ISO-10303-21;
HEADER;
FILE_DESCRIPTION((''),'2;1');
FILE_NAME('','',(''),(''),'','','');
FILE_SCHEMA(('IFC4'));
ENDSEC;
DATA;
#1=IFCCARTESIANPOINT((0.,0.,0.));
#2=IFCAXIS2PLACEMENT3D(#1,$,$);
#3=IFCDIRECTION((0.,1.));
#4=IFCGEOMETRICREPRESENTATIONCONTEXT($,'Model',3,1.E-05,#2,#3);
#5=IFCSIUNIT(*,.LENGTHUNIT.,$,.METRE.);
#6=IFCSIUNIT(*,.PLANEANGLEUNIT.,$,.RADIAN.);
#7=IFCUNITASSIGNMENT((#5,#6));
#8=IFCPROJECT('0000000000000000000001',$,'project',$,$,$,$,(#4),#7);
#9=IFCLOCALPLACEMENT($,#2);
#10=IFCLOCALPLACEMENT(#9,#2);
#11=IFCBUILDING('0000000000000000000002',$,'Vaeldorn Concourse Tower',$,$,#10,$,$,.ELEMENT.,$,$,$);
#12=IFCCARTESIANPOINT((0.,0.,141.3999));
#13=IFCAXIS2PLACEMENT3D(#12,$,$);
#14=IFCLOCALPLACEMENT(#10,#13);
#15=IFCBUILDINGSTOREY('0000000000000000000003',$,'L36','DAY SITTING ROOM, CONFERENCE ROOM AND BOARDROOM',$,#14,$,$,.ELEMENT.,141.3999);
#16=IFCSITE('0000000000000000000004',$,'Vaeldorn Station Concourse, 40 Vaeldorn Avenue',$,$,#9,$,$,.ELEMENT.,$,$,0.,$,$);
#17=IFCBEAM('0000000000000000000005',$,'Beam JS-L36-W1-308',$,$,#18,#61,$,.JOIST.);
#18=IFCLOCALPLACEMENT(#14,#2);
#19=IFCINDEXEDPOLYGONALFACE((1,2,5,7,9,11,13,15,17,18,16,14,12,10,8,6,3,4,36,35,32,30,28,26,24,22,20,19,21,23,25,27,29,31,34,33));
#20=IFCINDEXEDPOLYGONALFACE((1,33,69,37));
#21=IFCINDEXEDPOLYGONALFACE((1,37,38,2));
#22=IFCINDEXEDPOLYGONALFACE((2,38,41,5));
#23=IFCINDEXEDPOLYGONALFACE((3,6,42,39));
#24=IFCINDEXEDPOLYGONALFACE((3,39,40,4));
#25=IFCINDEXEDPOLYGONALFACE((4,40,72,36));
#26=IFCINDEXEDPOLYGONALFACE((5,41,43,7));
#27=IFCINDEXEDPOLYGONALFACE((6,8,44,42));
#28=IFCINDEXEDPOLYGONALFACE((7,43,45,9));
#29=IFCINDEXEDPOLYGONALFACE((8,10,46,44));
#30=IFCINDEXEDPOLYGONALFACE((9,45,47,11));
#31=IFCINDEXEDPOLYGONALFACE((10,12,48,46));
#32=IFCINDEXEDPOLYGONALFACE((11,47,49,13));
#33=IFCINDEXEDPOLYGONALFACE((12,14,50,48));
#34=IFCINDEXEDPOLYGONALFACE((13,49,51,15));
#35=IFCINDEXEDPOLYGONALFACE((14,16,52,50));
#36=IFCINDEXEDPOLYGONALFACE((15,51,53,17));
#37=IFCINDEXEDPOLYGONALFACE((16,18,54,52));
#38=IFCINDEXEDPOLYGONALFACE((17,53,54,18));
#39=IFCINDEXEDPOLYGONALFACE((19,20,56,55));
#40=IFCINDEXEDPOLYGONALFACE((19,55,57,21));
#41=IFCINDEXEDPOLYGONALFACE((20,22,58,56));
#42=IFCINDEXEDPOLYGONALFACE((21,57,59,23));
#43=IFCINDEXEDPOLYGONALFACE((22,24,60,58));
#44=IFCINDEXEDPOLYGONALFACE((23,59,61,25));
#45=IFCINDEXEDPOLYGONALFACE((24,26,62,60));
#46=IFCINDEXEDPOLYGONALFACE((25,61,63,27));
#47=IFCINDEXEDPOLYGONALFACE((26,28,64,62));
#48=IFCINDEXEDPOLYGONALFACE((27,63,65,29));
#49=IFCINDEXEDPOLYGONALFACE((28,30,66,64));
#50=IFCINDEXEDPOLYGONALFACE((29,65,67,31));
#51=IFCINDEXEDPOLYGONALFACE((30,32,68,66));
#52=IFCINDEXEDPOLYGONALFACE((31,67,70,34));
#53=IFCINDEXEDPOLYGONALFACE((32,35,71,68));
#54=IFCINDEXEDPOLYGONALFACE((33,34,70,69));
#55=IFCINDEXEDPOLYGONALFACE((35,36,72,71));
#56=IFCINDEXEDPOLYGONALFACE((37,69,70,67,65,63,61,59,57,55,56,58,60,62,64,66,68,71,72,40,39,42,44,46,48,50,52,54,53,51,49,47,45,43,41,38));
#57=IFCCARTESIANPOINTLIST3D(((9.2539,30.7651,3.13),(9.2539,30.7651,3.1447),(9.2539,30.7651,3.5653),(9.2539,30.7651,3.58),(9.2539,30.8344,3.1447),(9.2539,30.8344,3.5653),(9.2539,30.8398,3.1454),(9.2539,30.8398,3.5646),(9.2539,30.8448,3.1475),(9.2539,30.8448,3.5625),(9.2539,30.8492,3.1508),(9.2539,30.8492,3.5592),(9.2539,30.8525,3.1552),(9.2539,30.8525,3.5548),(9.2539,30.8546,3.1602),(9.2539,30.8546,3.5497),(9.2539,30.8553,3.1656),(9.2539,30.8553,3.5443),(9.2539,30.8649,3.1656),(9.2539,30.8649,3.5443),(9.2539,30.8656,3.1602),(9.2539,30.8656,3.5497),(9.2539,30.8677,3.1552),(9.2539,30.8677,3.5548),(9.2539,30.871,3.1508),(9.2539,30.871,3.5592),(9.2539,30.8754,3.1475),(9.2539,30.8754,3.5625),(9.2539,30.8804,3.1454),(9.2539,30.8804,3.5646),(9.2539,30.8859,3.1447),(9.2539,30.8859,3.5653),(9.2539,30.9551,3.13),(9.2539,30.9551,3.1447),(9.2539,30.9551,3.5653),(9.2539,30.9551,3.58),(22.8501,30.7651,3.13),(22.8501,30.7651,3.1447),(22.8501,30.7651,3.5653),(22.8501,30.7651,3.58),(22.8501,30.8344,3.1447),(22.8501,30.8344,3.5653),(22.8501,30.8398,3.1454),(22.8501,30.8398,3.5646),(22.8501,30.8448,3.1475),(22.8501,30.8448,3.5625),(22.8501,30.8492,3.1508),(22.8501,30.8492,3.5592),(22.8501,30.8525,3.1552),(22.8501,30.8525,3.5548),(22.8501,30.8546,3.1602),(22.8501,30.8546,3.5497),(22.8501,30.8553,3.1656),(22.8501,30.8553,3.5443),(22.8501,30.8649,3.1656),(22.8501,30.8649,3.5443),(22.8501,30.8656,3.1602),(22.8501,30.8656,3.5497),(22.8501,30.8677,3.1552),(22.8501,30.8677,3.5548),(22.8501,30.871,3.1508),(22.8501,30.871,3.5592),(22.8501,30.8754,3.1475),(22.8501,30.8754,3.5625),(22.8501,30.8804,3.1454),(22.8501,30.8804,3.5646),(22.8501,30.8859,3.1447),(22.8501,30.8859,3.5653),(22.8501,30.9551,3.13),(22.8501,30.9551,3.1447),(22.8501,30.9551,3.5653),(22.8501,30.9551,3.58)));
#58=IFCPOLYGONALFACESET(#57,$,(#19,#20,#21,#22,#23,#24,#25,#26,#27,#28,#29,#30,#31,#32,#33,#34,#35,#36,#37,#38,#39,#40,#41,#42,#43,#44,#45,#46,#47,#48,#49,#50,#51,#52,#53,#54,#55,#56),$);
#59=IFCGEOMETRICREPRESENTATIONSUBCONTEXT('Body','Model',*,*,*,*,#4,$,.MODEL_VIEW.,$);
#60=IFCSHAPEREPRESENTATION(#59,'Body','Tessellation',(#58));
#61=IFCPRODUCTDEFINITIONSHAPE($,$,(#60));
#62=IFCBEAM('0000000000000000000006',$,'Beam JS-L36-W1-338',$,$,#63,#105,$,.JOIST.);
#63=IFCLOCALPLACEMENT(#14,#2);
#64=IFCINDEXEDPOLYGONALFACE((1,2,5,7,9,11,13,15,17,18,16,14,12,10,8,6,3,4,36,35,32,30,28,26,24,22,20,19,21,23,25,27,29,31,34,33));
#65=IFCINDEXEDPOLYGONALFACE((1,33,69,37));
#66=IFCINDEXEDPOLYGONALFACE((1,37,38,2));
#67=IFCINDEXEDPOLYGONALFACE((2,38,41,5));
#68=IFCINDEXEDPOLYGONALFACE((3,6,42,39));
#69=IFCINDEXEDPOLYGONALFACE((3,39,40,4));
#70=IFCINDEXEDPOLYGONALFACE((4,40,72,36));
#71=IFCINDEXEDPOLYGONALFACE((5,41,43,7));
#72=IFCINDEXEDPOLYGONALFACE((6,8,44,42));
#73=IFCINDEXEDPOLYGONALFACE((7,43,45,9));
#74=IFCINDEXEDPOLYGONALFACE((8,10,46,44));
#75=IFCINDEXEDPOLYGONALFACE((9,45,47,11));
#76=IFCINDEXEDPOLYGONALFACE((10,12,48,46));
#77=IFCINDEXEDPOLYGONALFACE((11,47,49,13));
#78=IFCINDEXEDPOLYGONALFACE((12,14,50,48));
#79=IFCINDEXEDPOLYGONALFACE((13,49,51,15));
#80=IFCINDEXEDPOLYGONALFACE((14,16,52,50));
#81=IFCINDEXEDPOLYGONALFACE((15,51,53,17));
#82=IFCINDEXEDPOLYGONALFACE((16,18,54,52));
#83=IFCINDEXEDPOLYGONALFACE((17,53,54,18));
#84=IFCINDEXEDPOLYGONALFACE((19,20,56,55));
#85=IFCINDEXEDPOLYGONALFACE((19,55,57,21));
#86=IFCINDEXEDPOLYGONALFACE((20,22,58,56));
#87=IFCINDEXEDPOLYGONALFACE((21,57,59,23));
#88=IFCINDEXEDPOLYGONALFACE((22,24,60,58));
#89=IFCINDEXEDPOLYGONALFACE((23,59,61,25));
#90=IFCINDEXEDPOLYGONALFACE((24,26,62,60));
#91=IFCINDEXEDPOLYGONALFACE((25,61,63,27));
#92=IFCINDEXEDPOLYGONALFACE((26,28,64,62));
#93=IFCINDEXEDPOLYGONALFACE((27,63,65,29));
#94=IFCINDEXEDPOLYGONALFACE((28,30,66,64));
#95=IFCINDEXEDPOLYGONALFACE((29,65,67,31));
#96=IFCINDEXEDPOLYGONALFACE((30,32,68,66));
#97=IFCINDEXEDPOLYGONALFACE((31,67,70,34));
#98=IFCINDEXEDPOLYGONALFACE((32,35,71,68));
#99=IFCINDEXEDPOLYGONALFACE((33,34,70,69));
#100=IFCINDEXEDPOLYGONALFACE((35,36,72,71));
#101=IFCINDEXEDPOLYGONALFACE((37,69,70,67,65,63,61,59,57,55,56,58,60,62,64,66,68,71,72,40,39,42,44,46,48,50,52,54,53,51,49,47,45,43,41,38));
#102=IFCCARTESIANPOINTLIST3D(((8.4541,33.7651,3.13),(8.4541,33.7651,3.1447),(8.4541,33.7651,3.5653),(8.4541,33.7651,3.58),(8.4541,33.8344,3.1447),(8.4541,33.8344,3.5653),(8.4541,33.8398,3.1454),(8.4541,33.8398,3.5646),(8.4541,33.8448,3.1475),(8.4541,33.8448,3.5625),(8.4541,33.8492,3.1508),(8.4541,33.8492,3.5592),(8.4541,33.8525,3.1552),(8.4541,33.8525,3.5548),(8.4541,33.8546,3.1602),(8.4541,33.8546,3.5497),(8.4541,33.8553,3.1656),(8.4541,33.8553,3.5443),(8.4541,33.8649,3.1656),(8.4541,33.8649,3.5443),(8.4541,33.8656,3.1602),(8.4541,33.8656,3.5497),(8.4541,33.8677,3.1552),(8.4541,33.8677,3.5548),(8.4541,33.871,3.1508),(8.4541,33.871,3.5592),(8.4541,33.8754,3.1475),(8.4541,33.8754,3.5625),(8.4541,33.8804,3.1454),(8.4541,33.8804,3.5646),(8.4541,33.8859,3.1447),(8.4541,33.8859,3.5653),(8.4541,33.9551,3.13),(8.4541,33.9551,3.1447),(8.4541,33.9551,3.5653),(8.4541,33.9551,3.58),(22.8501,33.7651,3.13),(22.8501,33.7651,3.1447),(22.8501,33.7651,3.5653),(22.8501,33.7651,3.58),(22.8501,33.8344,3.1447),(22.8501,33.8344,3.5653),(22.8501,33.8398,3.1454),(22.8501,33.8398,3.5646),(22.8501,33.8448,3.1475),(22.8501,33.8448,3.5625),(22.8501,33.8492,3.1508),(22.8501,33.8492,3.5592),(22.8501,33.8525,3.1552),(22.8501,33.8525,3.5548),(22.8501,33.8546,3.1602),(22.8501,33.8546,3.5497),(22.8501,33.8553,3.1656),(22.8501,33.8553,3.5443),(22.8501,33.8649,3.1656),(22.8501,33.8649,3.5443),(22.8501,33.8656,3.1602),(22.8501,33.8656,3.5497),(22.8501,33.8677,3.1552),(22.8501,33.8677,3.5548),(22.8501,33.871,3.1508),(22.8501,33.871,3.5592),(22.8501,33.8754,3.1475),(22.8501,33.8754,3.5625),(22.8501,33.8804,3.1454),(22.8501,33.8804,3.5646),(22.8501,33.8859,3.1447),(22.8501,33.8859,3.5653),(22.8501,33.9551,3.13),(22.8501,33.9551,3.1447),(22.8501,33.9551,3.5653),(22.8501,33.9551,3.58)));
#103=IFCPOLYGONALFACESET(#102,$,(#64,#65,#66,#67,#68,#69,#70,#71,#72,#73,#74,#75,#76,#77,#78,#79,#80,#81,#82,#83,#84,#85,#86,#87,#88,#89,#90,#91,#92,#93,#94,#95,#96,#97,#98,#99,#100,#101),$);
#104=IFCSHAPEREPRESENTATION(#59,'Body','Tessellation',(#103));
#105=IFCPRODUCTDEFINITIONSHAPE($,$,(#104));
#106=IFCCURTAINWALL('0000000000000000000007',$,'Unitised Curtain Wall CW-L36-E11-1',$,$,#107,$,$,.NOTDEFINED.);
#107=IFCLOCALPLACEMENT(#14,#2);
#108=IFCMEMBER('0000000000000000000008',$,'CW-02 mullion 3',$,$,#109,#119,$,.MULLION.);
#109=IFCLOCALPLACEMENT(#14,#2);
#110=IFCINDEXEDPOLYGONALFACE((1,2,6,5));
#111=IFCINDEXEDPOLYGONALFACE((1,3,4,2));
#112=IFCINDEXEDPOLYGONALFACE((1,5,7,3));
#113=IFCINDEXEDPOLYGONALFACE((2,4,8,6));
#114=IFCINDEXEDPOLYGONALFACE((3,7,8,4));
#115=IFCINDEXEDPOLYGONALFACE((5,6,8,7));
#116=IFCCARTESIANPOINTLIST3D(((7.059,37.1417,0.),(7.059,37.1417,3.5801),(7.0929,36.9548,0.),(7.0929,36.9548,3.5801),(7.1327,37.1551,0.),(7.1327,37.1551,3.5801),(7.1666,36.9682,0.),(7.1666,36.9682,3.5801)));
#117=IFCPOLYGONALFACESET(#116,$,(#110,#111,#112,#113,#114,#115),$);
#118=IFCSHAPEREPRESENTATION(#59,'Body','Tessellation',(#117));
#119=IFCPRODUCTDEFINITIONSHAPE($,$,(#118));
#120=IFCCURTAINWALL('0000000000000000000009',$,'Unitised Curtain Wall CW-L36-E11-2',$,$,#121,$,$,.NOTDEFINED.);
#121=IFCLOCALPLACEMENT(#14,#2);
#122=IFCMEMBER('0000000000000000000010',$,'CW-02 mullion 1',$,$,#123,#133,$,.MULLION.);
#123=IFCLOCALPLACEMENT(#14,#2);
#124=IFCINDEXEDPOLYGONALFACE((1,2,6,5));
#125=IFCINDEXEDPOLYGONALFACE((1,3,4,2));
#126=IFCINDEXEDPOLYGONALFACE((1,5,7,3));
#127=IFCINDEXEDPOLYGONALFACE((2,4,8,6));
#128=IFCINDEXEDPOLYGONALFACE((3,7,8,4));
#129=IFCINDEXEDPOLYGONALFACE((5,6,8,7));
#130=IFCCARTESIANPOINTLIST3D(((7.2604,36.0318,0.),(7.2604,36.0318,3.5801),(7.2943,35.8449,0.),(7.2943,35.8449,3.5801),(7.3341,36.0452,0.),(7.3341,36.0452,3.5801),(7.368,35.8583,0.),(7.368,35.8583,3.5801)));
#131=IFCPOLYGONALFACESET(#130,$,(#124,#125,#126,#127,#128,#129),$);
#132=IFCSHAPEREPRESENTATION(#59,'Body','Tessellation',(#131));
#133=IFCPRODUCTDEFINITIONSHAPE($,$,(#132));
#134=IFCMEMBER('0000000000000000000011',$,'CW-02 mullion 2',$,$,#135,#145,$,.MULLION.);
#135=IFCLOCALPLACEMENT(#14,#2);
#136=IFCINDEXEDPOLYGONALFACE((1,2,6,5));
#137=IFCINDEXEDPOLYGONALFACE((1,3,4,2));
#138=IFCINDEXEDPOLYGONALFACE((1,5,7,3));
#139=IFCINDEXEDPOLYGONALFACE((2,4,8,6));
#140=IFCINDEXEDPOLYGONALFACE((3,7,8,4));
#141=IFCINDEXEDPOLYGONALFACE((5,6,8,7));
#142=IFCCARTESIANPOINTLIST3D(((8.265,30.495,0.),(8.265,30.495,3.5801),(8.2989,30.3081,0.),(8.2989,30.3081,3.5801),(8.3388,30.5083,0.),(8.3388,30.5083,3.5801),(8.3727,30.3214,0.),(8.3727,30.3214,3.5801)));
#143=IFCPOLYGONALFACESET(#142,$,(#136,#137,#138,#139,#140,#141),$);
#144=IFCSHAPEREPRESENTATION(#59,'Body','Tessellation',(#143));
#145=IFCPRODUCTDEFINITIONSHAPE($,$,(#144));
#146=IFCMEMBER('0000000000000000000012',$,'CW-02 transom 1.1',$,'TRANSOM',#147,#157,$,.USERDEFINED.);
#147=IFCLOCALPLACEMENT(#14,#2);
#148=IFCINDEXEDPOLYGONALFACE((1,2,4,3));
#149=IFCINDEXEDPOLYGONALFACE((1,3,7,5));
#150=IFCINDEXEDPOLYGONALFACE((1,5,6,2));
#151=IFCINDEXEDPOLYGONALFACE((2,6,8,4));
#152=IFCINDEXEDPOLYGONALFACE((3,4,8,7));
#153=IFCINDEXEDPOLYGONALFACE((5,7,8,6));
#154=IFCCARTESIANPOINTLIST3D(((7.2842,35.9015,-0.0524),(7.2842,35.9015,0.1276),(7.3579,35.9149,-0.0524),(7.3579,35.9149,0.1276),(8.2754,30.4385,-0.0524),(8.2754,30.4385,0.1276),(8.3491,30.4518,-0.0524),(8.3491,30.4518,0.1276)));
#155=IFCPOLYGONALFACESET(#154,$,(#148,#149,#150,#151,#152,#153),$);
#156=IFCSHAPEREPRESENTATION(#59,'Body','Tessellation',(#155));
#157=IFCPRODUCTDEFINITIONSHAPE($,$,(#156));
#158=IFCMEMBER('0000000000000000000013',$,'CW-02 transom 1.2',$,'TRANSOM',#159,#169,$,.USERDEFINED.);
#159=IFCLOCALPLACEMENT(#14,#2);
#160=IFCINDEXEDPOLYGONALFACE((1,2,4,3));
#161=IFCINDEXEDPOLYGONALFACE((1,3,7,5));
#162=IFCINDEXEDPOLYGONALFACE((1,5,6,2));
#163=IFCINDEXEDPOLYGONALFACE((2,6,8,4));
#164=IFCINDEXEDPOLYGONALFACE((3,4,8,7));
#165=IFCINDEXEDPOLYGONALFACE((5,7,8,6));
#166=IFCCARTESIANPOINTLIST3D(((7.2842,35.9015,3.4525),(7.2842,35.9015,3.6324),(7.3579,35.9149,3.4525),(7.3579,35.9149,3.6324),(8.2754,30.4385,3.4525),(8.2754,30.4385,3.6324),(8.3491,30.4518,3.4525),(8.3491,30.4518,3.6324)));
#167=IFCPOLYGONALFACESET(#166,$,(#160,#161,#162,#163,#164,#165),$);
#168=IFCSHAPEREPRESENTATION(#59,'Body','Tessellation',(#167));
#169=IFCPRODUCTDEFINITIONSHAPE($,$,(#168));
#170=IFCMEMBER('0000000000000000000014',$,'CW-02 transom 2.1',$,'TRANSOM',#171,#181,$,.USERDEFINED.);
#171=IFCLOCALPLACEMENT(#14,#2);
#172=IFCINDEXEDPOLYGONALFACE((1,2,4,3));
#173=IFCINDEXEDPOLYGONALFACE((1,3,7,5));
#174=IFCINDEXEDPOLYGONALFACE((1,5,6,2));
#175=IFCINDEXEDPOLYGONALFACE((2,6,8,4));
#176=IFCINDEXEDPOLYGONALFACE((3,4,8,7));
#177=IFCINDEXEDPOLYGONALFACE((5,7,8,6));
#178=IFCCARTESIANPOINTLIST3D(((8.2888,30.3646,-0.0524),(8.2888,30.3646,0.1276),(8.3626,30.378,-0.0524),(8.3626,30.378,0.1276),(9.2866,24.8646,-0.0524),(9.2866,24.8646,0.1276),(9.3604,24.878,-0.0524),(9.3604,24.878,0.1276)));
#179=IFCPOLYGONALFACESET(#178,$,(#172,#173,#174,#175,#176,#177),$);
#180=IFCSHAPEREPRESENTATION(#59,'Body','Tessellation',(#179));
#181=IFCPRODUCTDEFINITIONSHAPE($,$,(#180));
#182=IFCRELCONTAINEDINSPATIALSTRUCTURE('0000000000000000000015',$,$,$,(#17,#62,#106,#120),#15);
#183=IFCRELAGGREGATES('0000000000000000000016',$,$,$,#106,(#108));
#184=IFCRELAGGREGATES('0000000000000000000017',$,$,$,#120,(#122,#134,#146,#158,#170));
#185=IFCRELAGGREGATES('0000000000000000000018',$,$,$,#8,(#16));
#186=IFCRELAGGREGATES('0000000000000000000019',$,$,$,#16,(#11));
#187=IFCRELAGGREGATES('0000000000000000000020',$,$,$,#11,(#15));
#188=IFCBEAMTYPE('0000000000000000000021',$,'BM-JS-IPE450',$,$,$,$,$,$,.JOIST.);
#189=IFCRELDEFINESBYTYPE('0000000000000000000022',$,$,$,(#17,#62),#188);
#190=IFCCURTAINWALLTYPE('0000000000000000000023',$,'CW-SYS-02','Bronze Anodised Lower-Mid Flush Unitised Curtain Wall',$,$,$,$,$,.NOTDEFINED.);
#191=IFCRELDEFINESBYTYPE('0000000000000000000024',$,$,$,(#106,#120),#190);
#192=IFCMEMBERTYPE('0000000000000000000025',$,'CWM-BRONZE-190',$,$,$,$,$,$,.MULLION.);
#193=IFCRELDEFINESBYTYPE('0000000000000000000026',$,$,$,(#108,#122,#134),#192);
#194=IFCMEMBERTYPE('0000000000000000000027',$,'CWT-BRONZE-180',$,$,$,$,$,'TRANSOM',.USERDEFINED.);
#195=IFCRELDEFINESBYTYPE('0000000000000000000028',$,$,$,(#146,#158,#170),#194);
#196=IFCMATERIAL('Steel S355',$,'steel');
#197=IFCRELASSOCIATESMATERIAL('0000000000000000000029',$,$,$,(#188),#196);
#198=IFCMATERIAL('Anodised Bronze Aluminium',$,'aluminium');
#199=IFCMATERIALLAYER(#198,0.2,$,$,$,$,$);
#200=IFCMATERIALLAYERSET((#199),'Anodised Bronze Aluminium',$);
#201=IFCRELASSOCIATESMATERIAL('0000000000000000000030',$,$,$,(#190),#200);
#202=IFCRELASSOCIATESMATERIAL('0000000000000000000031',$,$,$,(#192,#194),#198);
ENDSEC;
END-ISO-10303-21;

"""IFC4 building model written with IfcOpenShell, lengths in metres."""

from ifc_helpers import new_model, si_unit, direction, frame, origin, origin_2d, place, context, subcontext, project, spatial, rectangle, i_section, extrude, source, transform, mapped, material, layer, layer_set, material_profile, profile_set, type_object, element, aggregate, save


model = new_model("IFC4")

# Units and contexts
model_context = context("Model", 3, precision=1e-05, world=origin(), true_north=direction((0.0, 1.0)))
body_context = subcontext(model_context, "Body", "Model", "MODEL_VIEW")
ifc_project = project(units=[si_unit("LENGTHUNIT", "METRE"), si_unit("PLANEANGLEUNIT", "RADIAN")], contexts=[model_context])

# Site, building, storey
site_placement = place(None, origin())
site = spatial("IfcSite", under=ifc_project, at=site_placement, Name="Vaeldorn Station Concourse, 40 Vaeldorn Avenue", CompositionType="ELEMENT", RefElevation=0.0)
building_placement = place(site_placement, origin())
building = spatial("IfcBuilding", under=site, at=building_placement, Name="Vaeldorn Concourse Tower", CompositionType="ELEMENT")
storey_placement = place(building_placement, frame((0.0, 0.0, 141.3999)))
storey = spatial("IfcBuildingStorey", under=building, at=storey_placement, Name="L36", Description="DAY SITTING ROOM, CONFERENCE ROOM AND BOARDROOM", CompositionType="ELEMENT", Elevation=141.3999)

# Beams
ifc_material_1 = material(Name="Steel S355", Category="steel")
ifc_material_profile_1 = material_profile(ifc_material_1, i_section(OverallWidth=0.1899, OverallDepth=0.45, WebThickness=0.0095, FlangeThickness=0.0146, FilletRadius=0.021, at=origin_2d()), Name="IPE 450")
ifc_profile_set_1 = profile_set([ifc_material_profile_1], Name="Steel S355")
beam_type_1 = type_object("IfcBeamType", Name="BM-JS-IPE450", PredefinedType="JOIST", material=ifc_profile_set_1)
shared_shape_1 = source(origin(), body_context, "Body", "SweptSolid", [
    extrude(i_section(OverallWidth=0.1899, OverallDepth=0.45, WebThickness=0.0095, FlangeThickness=0.0146, FilletRadius=0.021, at=origin_2d()), origin(), (0.0, 0.0, 1.0), 13.5962),
])
beam_1_placement = place(storey_placement, frame((9.2539, 30.8601, 3.355), z_axis=(1.0, 0.0, 0.0), x_axis=(0.0, 1.0, 0.0)))
element("IfcBeam", 1, at=beam_1_placement, inside=storey, type_object=beam_type_1, Name="Beam JS-L36-W1-308", PredefinedType="JOIST", context=body_context, shape_type="MappedRepresentation", body=[
    mapped(shared_shape_1, transform((0.0, 0.0, 0.0), scale=1.0)),
])
shared_shape_2 = source(origin(), body_context, "Body", "SweptSolid", [
    extrude(i_section(OverallWidth=0.1899, OverallDepth=0.45, WebThickness=0.0095, FlangeThickness=0.0146, FilletRadius=0.021, at=origin_2d()), origin(), (0.0, 0.0, 1.0), 14.396),
])
beam_2_placement = place(storey_placement, frame((8.4541, 33.8601, 3.355), z_axis=(1.0, 0.0, 0.0), x_axis=(0.0, 1.0, 0.0)))
element("IfcBeam", 2, at=beam_2_placement, inside=storey, type_object=beam_type_1, Name="Beam JS-L36-W1-338", PredefinedType="JOIST", context=body_context, shape_type="MappedRepresentation", body=[
    mapped(shared_shape_2, transform((0.0, 0.0, 0.0), scale=1.0)),
])

# Curtain wall, member
ifc_material_2 = material(Name="Anodised Bronze Aluminium", Category="aluminium")
ifc_layer_1 = layer(ifc_material_2, 0.2)
ifc_layer_set_1 = layer_set([ifc_layer_1], Name="Anodised Bronze Aluminium")
curtain_wall_type = type_object("IfcCurtainWallType", Name="CW-SYS-02", Description="Bronze Anodised Lower-Mid Flush Unitised Curtain Wall", PredefinedType="NOTDEFINED", material=ifc_layer_set_1)
curtain_wall_1_placement = place(storey_placement, origin())
curtain_wall_1 = element("IfcCurtainWall", 3, at=curtain_wall_1_placement, inside=storey, type_object=curtain_wall_type, Name="Unitised Curtain Wall CW-L36-E11-1", PredefinedType="NOTDEFINED")
ifc_material_profile_2 = material_profile(ifc_material_2, rectangle(XDim=0.075, YDim=0.1899, at=origin_2d()), Name="CWM 75x190")
ifc_profile_set_2 = profile_set([ifc_material_profile_2], Name="Anodised Bronze Aluminium")
member_type_1 = type_object("IfcMemberType", Name="CWM-BRONZE-190", PredefinedType="MULLION", material=ifc_profile_set_2)
shared_shape_3 = source(origin(), body_context, "Body", "SweptSolid", [
    extrude(rectangle(XDim=0.075, YDim=0.1899, at=origin_2d()), origin(), (0.0, 0.0, 1.0), 3.5801),
])
member_1_placement = place(storey_placement, frame((7.1128, 37.0549, 0.0), z_axis=(0.0, 0.0, 1.0), x_axis=(0.983935, 0.178527, 0.0)))
member_1 = element("IfcMember", 4, at=member_1_placement, type_object=member_type_1, Name="CW-02 mullion 3", PredefinedType="MULLION", context=body_context, shape_type="MappedRepresentation", body=[
    mapped(shared_shape_3, transform((0.0, 0.0, 0.0), scale=1.0)),
])

# Curtain wall, members
curtain_wall_2_placement = place(storey_placement, origin())
curtain_wall_2 = element("IfcCurtainWall", 5, at=curtain_wall_2_placement, inside=storey, type_object=curtain_wall_type, Name="Unitised Curtain Wall CW-L36-E11-2", PredefinedType="NOTDEFINED")
member_2_placement = place(storey_placement, frame((7.3142, 35.9451, 0.0), z_axis=(0.0, 0.0, 1.0), x_axis=(0.983935, 0.178526, 0.0)))
member_2 = element("IfcMember", 6, at=member_2_placement, type_object=member_type_1, Name="CW-02 mullion 1", PredefinedType="MULLION", context=body_context, shape_type="MappedRepresentation", body=[
    mapped(shared_shape_3, transform((0.0, 0.0, 0.0), scale=1.0)),
])
member_3_placement = place(storey_placement, frame((8.3188, 30.4082, 0.0), z_axis=(0.0, 0.0, 1.0), x_axis=(0.983935, 0.178526, 0.0)))
member_3 = element("IfcMember", 7, at=member_3_placement, type_object=member_type_1, Name="CW-02 mullion 2", PredefinedType="MULLION", context=body_context, shape_type="MappedRepresentation", body=[
    mapped(shared_shape_3, transform((0.0, 0.0, 0.0), scale=1.0)),
])
ifc_material_profile_3 = material_profile(ifc_material_2, rectangle(XDim=0.075, YDim=0.1799, at=origin_2d()), Name="CWT 75x180")
ifc_profile_set_3 = profile_set([ifc_material_profile_3], Name="Anodised Bronze Aluminium")
member_type_2 = type_object("IfcMemberType", Name="CWT-BRONZE-180", ElementType="TRANSOM", PredefinedType="USERDEFINED", material=ifc_profile_set_3)
shared_shape_4 = source(origin(), body_context, "Body", "SweptSolid", [
    extrude(rectangle(XDim=0.075, YDim=0.1799, at=origin_2d()), origin(), (0.0, 0.0, 1.0), 5.5522),
])
member_4_placement = place(storey_placement, frame((7.321, 35.9082, 0.0376), z_axis=(0.178522, -0.983936, 0.0), x_axis=(0.983936, 0.178522, 0.0)))
member_4 = element("IfcMember", 8, at=member_4_placement, type_object=member_type_2, Name="CW-02 transom 1.1", ObjectType="TRANSOM", PredefinedType="USERDEFINED", context=body_context, shape_type="MappedRepresentation", body=[
    mapped(shared_shape_4, transform((0.0, 0.0, 0.0), scale=1.0)),
])
member_5_placement = place(storey_placement, frame((7.321, 35.9082, 3.5425), z_axis=(0.178522, -0.983936, 0.0), x_axis=(0.983936, 0.178522, 0.0)))
member_5 = element("IfcMember", 9, at=member_5_placement, type_object=member_type_2, Name="CW-02 transom 1.2", ObjectType="TRANSOM", PredefinedType="USERDEFINED", context=body_context, shape_type="MappedRepresentation", body=[
    mapped(shared_shape_4, transform((0.0, 0.0, 0.0), scale=1.0)),
])
shared_shape_5 = source(origin(), body_context, "Body", "SweptSolid", [
    extrude(rectangle(XDim=0.075, YDim=0.1799, at=origin_2d()), origin(), (0.0, 0.0, 1.0), 5.5898),
])
member_6_placement = place(storey_placement, frame((8.3257, 30.3713, 0.0376), z_axis=(0.178505, -0.983939, 0.0), x_axis=(0.983939, 0.178505, 0.0)))
member_6 = element("IfcMember", 10, at=member_6_placement, type_object=member_type_2, Name="CW-02 transom 2.1", ObjectType="TRANSOM", PredefinedType="USERDEFINED", context=body_context, shape_type="MappedRepresentation", body=[
    mapped(shared_shape_5, transform((0.0, 0.0, 0.0), scale=1.0)),
])

aggregate(curtain_wall_1, [member_1])
aggregate(curtain_wall_2, [member_2, member_3, member_4, member_5, member_6])

save(model, "model.ifc")
